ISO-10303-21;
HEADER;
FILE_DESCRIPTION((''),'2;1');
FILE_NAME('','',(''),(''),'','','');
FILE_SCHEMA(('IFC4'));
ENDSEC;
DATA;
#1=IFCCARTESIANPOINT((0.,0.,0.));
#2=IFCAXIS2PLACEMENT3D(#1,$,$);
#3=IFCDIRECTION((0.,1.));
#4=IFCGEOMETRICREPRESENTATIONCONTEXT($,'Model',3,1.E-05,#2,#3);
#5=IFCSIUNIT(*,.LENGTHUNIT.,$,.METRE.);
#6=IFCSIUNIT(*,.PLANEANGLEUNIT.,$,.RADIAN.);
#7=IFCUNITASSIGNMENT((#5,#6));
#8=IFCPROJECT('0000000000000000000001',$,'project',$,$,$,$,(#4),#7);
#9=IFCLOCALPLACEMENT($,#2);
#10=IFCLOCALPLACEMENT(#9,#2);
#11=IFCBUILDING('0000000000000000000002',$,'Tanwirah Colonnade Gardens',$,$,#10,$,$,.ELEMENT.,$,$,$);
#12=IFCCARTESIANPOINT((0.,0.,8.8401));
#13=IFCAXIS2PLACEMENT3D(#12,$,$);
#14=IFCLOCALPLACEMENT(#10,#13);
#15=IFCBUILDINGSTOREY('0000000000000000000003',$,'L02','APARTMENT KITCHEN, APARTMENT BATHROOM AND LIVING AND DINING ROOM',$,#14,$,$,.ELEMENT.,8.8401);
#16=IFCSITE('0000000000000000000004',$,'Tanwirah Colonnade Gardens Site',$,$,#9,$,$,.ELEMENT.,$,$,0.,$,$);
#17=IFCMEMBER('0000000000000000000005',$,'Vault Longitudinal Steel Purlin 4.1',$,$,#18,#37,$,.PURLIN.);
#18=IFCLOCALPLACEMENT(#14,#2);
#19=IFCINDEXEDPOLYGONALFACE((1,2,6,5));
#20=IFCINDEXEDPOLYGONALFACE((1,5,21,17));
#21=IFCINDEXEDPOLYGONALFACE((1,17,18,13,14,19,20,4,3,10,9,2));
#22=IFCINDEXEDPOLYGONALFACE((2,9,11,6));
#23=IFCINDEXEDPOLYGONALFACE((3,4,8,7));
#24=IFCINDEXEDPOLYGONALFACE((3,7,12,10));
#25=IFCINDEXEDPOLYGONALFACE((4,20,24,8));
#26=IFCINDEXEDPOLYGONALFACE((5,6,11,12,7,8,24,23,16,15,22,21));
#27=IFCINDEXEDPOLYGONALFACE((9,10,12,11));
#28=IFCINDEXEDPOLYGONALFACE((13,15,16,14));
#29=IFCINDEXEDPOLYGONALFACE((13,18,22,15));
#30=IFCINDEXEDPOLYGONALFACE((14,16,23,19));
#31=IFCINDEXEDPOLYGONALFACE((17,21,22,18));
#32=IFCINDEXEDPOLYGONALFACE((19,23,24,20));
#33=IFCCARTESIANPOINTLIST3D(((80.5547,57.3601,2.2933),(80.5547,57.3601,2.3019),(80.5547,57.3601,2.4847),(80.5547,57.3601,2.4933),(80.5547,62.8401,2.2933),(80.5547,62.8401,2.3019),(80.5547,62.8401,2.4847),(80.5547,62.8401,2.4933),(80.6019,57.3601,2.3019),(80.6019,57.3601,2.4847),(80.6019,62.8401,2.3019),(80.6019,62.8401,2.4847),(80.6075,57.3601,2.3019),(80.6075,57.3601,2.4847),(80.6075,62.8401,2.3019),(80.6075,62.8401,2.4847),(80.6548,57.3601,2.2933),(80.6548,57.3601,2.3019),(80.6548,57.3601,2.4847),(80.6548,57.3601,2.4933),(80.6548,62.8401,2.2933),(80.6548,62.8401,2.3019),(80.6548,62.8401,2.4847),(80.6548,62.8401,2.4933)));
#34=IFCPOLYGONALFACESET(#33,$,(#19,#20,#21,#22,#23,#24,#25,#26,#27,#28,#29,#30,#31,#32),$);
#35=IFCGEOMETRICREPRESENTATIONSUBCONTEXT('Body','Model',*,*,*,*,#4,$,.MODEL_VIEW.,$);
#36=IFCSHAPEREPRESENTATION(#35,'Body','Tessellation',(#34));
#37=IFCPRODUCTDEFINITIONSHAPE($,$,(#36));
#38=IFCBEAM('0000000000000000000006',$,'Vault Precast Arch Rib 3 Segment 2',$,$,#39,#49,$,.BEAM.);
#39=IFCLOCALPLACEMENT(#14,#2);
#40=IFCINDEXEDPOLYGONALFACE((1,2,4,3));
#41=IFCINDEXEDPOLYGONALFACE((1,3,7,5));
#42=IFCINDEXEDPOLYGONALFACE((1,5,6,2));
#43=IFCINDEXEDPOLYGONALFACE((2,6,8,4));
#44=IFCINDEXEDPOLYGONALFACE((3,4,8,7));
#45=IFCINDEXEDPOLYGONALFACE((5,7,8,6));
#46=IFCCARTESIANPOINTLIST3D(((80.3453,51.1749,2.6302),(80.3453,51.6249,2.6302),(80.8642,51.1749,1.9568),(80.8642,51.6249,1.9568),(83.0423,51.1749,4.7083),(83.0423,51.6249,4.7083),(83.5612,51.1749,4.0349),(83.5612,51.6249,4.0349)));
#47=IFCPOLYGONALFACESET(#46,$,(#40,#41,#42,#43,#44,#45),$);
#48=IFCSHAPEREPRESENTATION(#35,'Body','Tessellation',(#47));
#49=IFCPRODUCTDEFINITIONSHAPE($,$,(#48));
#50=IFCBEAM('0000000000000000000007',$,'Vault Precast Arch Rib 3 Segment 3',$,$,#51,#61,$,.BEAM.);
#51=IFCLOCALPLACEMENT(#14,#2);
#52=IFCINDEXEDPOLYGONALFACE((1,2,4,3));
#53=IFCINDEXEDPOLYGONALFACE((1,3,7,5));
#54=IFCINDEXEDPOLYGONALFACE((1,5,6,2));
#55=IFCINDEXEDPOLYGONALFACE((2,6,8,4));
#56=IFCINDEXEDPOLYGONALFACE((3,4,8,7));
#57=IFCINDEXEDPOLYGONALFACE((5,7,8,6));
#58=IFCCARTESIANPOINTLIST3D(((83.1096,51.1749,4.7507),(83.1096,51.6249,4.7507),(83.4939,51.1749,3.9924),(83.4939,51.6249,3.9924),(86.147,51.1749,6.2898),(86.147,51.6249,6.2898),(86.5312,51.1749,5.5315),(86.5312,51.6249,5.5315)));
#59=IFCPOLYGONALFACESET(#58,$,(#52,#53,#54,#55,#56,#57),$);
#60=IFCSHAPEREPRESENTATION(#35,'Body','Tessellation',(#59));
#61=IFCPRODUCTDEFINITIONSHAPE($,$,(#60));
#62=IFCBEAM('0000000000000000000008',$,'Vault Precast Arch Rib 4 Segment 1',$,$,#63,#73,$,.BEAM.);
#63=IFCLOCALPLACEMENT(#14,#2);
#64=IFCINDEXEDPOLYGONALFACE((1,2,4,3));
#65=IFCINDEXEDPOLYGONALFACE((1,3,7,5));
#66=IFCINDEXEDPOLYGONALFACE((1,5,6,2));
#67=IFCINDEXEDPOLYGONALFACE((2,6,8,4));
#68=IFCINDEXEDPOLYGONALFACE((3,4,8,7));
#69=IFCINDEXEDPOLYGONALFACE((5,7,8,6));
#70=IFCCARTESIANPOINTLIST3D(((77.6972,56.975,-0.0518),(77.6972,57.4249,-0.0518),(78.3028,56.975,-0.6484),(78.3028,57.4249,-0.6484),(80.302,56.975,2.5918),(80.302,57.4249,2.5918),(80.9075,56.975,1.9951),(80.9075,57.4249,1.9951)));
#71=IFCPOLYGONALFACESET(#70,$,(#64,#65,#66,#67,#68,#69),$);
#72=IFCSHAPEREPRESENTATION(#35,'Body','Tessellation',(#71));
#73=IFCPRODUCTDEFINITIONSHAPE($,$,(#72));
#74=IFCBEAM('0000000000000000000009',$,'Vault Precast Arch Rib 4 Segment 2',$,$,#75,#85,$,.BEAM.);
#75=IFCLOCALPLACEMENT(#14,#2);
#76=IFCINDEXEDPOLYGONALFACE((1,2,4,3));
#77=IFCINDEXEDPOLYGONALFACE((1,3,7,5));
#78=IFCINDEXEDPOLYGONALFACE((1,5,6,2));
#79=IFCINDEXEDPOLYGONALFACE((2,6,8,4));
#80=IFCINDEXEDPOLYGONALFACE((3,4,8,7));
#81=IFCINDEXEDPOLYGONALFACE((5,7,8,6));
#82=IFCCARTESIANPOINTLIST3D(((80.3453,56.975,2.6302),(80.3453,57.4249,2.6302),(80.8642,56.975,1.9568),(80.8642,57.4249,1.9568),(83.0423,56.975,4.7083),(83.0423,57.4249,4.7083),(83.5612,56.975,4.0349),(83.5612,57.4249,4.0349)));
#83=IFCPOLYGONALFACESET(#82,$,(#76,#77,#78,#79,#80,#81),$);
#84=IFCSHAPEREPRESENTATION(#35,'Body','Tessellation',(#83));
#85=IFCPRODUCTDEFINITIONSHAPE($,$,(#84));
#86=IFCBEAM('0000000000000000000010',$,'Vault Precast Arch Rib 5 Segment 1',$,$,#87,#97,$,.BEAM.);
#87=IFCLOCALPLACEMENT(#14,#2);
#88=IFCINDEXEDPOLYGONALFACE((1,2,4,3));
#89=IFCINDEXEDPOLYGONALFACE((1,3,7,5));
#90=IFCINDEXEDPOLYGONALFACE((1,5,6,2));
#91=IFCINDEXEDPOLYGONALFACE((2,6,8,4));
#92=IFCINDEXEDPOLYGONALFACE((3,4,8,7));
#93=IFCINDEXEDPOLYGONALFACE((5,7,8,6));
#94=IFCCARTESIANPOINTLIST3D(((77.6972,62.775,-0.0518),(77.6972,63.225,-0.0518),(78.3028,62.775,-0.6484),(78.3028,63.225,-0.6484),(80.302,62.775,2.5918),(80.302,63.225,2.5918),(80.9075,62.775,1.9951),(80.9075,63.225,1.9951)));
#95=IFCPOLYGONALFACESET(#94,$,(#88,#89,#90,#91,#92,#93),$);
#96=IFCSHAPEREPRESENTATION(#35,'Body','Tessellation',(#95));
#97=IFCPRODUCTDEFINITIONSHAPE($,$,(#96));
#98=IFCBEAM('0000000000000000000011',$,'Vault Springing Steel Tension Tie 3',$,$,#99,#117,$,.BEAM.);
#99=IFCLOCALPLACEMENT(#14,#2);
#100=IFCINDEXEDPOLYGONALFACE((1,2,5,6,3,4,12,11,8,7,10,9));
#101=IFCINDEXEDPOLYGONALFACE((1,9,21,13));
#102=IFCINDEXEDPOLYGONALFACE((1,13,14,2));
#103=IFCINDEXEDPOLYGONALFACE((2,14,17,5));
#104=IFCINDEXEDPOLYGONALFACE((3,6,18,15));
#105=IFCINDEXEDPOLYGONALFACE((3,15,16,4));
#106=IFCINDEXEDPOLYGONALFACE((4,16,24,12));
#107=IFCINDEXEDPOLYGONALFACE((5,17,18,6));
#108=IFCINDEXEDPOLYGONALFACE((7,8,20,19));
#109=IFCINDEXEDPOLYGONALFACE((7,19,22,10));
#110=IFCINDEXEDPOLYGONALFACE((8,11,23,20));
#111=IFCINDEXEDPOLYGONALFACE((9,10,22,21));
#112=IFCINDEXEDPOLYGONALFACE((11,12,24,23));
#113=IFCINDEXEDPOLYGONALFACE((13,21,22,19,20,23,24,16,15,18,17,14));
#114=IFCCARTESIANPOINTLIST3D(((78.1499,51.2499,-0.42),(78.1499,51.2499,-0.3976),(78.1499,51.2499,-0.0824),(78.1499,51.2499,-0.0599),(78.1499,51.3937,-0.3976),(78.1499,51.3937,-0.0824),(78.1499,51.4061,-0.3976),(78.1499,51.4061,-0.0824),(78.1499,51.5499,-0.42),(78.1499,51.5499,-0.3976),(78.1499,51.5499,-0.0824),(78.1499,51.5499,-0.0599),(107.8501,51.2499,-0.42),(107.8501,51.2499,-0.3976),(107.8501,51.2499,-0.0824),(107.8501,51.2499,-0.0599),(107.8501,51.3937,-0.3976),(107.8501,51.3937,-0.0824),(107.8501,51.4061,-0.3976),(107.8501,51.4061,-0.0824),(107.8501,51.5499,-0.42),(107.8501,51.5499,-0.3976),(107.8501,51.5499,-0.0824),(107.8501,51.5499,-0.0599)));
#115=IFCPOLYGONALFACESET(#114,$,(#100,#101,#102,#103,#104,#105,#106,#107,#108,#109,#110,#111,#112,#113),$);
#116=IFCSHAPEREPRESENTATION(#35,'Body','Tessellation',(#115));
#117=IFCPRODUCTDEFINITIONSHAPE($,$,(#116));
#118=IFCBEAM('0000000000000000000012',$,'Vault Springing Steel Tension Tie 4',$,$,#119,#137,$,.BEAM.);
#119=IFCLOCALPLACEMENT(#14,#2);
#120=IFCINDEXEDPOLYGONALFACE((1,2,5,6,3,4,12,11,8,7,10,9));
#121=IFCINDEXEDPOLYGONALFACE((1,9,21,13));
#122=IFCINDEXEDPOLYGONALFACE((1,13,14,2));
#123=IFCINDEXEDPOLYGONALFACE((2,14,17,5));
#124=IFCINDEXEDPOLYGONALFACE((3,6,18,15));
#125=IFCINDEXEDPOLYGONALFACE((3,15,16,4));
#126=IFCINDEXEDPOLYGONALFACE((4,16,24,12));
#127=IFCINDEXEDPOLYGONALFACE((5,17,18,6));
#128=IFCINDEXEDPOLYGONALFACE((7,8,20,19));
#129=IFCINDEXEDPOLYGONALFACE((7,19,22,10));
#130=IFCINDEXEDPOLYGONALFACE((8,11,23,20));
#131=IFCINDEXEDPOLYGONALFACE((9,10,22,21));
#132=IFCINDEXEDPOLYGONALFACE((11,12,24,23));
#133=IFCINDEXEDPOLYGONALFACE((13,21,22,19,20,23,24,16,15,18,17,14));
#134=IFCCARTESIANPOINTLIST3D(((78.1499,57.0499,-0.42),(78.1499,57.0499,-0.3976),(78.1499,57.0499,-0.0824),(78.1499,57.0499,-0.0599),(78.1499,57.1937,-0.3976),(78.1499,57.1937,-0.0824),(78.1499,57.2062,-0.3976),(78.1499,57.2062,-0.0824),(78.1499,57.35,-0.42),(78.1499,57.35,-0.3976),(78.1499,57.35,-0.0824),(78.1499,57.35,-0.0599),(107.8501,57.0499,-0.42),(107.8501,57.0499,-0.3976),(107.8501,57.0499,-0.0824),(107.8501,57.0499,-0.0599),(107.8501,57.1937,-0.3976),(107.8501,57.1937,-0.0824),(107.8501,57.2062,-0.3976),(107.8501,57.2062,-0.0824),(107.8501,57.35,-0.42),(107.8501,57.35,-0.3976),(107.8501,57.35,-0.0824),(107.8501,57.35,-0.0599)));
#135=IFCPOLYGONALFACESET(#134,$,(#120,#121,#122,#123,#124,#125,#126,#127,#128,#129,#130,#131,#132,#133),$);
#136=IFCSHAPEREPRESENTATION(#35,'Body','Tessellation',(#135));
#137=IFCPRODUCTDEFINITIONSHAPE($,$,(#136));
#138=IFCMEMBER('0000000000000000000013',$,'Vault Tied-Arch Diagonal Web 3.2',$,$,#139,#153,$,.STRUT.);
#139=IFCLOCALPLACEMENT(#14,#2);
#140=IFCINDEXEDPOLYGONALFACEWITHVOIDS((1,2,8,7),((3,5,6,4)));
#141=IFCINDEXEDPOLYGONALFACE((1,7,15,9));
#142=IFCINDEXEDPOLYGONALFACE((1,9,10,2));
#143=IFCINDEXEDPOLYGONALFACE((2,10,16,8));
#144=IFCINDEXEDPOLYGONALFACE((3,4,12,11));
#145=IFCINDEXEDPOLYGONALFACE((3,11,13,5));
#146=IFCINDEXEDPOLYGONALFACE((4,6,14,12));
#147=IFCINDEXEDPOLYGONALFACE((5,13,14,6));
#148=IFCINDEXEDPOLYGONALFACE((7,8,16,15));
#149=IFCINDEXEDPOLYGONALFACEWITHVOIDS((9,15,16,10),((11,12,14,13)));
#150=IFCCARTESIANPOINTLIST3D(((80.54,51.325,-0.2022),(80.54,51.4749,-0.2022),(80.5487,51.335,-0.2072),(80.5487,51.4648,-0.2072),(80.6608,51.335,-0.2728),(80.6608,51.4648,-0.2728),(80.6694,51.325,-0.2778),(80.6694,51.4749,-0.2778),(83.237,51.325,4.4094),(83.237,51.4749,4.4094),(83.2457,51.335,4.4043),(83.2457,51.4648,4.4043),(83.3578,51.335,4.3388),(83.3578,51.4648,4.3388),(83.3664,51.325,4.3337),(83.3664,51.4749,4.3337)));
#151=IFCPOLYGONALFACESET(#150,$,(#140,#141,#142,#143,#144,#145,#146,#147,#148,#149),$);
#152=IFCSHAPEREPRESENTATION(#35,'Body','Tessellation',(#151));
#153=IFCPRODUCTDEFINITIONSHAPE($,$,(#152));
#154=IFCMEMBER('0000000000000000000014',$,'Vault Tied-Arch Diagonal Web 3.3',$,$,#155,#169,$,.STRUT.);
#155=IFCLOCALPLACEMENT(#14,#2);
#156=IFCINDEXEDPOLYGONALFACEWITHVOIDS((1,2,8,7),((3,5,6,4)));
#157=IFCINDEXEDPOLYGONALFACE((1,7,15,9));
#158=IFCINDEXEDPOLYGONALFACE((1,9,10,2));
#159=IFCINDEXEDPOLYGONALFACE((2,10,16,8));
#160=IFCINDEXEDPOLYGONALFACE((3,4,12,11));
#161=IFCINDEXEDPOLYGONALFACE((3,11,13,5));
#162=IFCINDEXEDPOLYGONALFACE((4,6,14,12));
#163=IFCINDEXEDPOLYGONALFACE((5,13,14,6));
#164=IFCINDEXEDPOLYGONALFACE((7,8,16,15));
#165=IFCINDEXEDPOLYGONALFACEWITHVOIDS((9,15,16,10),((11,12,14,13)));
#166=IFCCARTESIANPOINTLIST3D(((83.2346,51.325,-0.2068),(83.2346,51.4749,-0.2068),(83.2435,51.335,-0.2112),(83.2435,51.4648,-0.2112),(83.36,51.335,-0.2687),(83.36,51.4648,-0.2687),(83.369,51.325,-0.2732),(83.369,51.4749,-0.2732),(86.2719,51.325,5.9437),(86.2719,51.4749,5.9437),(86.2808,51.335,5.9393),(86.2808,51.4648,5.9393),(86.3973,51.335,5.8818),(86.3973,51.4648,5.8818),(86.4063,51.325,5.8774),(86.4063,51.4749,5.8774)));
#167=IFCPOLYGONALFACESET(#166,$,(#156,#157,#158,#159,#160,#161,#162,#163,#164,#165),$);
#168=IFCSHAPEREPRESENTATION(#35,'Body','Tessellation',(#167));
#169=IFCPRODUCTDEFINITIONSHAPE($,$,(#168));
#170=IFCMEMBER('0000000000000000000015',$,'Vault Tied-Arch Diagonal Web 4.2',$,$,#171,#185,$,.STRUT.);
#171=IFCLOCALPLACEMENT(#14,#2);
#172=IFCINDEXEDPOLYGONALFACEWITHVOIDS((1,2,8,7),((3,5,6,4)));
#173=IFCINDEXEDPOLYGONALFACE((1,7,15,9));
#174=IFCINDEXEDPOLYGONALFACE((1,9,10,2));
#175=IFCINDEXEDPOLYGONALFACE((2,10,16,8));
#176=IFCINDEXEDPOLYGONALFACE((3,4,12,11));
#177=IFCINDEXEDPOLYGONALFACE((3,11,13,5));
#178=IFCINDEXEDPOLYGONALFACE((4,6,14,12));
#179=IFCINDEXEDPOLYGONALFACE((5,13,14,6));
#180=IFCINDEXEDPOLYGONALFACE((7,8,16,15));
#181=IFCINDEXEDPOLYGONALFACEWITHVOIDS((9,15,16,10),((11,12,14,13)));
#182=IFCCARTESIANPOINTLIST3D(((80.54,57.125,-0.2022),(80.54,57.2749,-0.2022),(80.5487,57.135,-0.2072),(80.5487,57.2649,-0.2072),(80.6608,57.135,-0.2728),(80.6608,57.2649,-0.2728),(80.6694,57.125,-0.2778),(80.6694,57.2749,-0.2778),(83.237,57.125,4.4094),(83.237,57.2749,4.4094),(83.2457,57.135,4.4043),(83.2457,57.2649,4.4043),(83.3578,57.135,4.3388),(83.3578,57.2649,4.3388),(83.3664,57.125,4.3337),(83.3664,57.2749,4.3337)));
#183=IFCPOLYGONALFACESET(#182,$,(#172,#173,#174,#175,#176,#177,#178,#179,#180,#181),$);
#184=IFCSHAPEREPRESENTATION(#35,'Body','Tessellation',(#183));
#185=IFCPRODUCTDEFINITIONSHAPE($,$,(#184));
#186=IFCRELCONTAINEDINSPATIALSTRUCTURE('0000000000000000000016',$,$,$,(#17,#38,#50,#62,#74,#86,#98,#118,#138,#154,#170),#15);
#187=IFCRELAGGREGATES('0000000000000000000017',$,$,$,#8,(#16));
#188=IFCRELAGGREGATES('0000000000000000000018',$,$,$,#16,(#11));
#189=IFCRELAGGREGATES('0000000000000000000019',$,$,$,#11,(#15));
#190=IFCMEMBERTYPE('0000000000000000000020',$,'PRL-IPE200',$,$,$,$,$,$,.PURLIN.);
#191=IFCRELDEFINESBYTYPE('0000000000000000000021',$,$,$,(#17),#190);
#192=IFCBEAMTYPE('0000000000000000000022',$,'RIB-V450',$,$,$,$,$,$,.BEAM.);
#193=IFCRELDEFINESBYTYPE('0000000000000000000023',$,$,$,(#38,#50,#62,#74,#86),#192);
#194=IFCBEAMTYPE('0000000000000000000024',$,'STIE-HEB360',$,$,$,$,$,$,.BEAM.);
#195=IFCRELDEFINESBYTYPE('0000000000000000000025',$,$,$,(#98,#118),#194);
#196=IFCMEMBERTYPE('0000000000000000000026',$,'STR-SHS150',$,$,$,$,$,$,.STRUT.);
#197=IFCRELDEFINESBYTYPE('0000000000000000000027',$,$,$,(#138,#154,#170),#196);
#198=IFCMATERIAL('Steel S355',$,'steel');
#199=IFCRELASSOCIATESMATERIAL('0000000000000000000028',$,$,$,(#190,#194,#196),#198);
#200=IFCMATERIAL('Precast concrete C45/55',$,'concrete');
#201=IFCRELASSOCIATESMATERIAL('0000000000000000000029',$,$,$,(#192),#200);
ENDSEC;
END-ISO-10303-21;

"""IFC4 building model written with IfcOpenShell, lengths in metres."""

from ifc_helpers import new_model, si_unit, direction, frame, origin, origin_2d, place, context, subcontext, project, spatial, rectangle, hollow_rectangle, i_section, extrude, material, material_profile, profile_set, type_object, element, save


model = new_model("IFC4")

# Units and contexts
model_context = context("Model", 3, precision=1e-05, world=origin(), true_north=direction((0.0, 1.0)))
body_context = subcontext(model_context, "Body", "Model", "MODEL_VIEW")
ifc_project = project(units=[si_unit("LENGTHUNIT", "METRE"), si_unit("PLANEANGLEUNIT", "RADIAN")], contexts=[model_context])

# Site, building, storey
site_placement = place(None, origin())
site = spatial("IfcSite", under=ifc_project, at=site_placement, Name="Tanwirah Colonnade Gardens Site", CompositionType="ELEMENT", RefElevation=0.0)
building_placement = place(site_placement, origin())
building = spatial("IfcBuilding", under=site, at=building_placement, Name="Tanwirah Colonnade Gardens", CompositionType="ELEMENT")
storey_placement = place(building_placement, frame((0.0, 0.0, 8.8401)))
storey = spatial("IfcBuildingStorey", under=building, at=storey_placement, Name="L02", Description="APARTMENT KITCHEN, APARTMENT BATHROOM AND LIVING AND DINING ROOM", CompositionType="ELEMENT", Elevation=8.8401)

# Member
ifc_material_1 = material(Name="Steel S355", Category="steel")
ifc_material_profile_1 = material_profile(ifc_material_1, i_section(OverallWidth=0.1001, OverallDepth=0.2, WebThickness=0.0056, FlangeThickness=0.0085, at=origin_2d()), Name="IPE 200")
ifc_profile_set_1 = profile_set([ifc_material_profile_1], Name="Steel S355")
member_type_1 = type_object("IfcMemberType", Name="PRL-IPE200", PredefinedType="PURLIN", material=ifc_profile_set_1)
for number, where, z_axis, x_axis, name in (
    (1, (80.6047, 57.3601, 2.3933), (0.0, 1.0, 0.0), (-1.0, 0.0, 0.0), "Vault Longitudinal Steel Purlin 4.1"),
):
    element("IfcMember", number, at=place(storey_placement, frame(where, z_axis=z_axis, x_axis=x_axis)), inside=storey, type_object=member_type_1, Name=name, PredefinedType="PURLIN", context=body_context, shape_type="SweptSolid", body=[
        extrude(i_section(OverallWidth=0.1001, OverallDepth=0.2, WebThickness=0.0056, FlangeThickness=0.0085, at=origin_2d()), origin(), (0.0, 0.0, 1.0), 5.48),
    ])

# Beams
ifc_material_2 = material(Name="Precast concrete C45/55", Category="concrete")
ifc_material_profile_2 = material_profile(ifc_material_2, rectangle(XDim=0.45, YDim=0.8501, at=origin_2d()), Name="PC-RIB 450x850")
ifc_profile_set_2 = profile_set([ifc_material_profile_2], Name="Precast concrete C45/55")
beam_type_1 = type_object("IfcBeamType", Name="RIB-V450", PredefinedType="BEAM", material=ifc_profile_set_2)
beam_1_placement = place(storey_placement, frame((80.6047, 51.3999, 2.2935), z_axis=(0.792128, 0.0, 0.610355), x_axis=(0.0, 1.0, 0.0)))
element("IfcBeam", 2, at=beam_1_placement, inside=storey, type_object=beam_type_1, Name="Vault Precast Arch Rib 3 Segment 2", PredefinedType="BEAM", context=body_context, shape_type="SweptSolid", body=[
    extrude(rectangle(XDim=0.45, YDim=0.8501, at=origin_2d()), origin(), (0.0, 0.0, 1.0), 3.4048),
])
beam_2_placement = place(storey_placement, frame((83.3018, 51.3999, 4.3716), z_axis=(0.89202, 0.0, 0.451997), x_axis=(0.0, 1.0, 0.0)))
element("IfcBeam", 3, at=beam_2_placement, inside=storey, type_object=beam_type_1, Name="Vault Precast Arch Rib 3 Segment 3", PredefinedType="BEAM", context=body_context, shape_type="SweptSolid", body=[
    extrude(rectangle(XDim=0.45, YDim=0.8501, at=origin_2d()), origin(), (0.0, 0.0, 1.0), 3.405),
])
beam_3_placement = place(storey_placement, frame((78.0, 57.2, -0.3501), z_axis=(0.701858, 0.0, 0.712317), x_axis=(0.0, 1.0, 0.0)))
element("IfcBeam", 4, at=beam_3_placement, inside=storey, type_object=beam_type_1, Name="Vault Precast Arch Rib 4 Segment 1", PredefinedType="BEAM", context=body_context, shape_type="SweptSolid", body=[
    extrude(rectangle(XDim=0.45, YDim=0.8501, at=origin_2d()), origin(), (0.0, 0.0, 1.0), 3.7112),
])
beam_4_placement = place(storey_placement, frame((80.6047, 57.2, 2.2935), z_axis=(0.792128, 0.0, 0.610355), x_axis=(0.0, 1.0, 0.0)))
element("IfcBeam", 5, at=beam_4_placement, inside=storey, type_object=beam_type_1, Name="Vault Precast Arch Rib 4 Segment 2", PredefinedType="BEAM", context=body_context, shape_type="SweptSolid", body=[
    extrude(rectangle(XDim=0.45, YDim=0.8501, at=origin_2d()), origin(), (0.0, 0.0, 1.0), 3.4048),
])
beam_5_placement = place(storey_placement, frame((78.0, 63.0, -0.3501), z_axis=(0.701858, 0.0, 0.712317), x_axis=(0.0, 1.0, 0.0)))
element("IfcBeam", 6, at=beam_5_placement, inside=storey, type_object=beam_type_1, Name="Vault Precast Arch Rib 5 Segment 1", PredefinedType="BEAM", context=body_context, shape_type="SweptSolid", body=[
    extrude(rectangle(XDim=0.45, YDim=0.8501, at=origin_2d()), origin(), (0.0, 0.0, 1.0), 3.7112),
])
ifc_material_profile_3 = material_profile(ifc_material_1, i_section(OverallWidth=0.3, OverallDepth=0.3601, WebThickness=0.0125, FlangeThickness=0.0225, at=origin_2d()), Name="HEB 360")
ifc_profile_set_3 = profile_set([ifc_material_profile_3], Name="Steel S355")
beam_type_2 = type_object("IfcBeamType", Name="STIE-HEB360", PredefinedType="BEAM", material=ifc_profile_set_3)
for number, where, z_axis, x_axis, name in (
    (7, (78.1499, 51.3999, -0.24), (1.0, 0.0, 0.0), (0.0, 1.0, 0.0), "Vault Springing Steel Tension Tie 3"),
    (8, (78.1499, 57.2, -0.24), (1.0, 0.0, 0.0), (0.0, 1.0, 0.0), "Vault Springing Steel Tension Tie 4"),
):
    element("IfcBeam", number, at=place(storey_placement, frame(where, z_axis=z_axis, x_axis=x_axis)), inside=storey, type_object=beam_type_2, Name=name, PredefinedType="BEAM", context=body_context, shape_type="SweptSolid", body=[
        extrude(i_section(OverallWidth=0.3, OverallDepth=0.3601, WebThickness=0.0125, FlangeThickness=0.0225, at=origin_2d()), origin(), (0.0, 0.0, 1.0), 29.7002),
    ])

# Members
ifc_material_profile_4 = material_profile(ifc_material_1, hollow_rectangle(XDim=0.1499, YDim=0.1499, WallThickness=0.01, at=origin_2d()), Name="SHS 150x150x10")
ifc_profile_set_4 = profile_set([ifc_material_profile_4], Name="Steel S355")
member_type_2 = type_object("IfcMemberType", Name="STR-SHS150", PredefinedType="STRUT", material=ifc_profile_set_4)
member_1_placement = place(storey_placement, frame((80.6047, 51.3999, -0.24), z_axis=(0.50484, 0.0, 0.863213), x_axis=(0.0, 1.0, 0.0)))
element("IfcMember", 9, at=member_1_placement, inside=storey, type_object=member_type_2, Name="Vault Tied-Arch Diagonal Web 3.2", PredefinedType="STRUT", context=body_context, shape_type="SweptSolid", body=[
    extrude(hollow_rectangle(XDim=0.1499, YDim=0.1499, WallThickness=0.01, at=origin_2d()), origin(), (0.0, 0.0, 1.0), 5.3423),
])
member_2_placement = place(storey_placement, frame((83.3018, 51.3999, -0.24), z_axis=(0.442781, 0.0, 0.89663), x_axis=(0.0, 1.0, 0.0)))
element("IfcMember", 10, at=member_2_placement, inside=storey, type_object=member_type_2, Name="Vault Tied-Arch Diagonal Web 3.3", PredefinedType="STRUT", context=body_context, shape_type="SweptSolid", body=[
    extrude(hollow_rectangle(XDim=0.1499, YDim=0.1499, WallThickness=0.01, at=origin_2d()), origin(), (0.0, 0.0, 1.0), 6.8596),
])
member_3_placement = place(storey_placement, frame((80.6047, 57.2, -0.24), z_axis=(0.50484, 0.0, 0.863213), x_axis=(0.0, 1.0, 0.0)))
element("IfcMember", 11, at=member_3_placement, inside=storey, type_object=member_type_2, Name="Vault Tied-Arch Diagonal Web 4.2", PredefinedType="STRUT", context=body_context, shape_type="SweptSolid", body=[
    extrude(hollow_rectangle(XDim=0.1499, YDim=0.1499, WallThickness=0.01, at=origin_2d()), origin(), (0.0, 0.0, 1.0), 5.3423),
])

save(model, "model.ifc")
